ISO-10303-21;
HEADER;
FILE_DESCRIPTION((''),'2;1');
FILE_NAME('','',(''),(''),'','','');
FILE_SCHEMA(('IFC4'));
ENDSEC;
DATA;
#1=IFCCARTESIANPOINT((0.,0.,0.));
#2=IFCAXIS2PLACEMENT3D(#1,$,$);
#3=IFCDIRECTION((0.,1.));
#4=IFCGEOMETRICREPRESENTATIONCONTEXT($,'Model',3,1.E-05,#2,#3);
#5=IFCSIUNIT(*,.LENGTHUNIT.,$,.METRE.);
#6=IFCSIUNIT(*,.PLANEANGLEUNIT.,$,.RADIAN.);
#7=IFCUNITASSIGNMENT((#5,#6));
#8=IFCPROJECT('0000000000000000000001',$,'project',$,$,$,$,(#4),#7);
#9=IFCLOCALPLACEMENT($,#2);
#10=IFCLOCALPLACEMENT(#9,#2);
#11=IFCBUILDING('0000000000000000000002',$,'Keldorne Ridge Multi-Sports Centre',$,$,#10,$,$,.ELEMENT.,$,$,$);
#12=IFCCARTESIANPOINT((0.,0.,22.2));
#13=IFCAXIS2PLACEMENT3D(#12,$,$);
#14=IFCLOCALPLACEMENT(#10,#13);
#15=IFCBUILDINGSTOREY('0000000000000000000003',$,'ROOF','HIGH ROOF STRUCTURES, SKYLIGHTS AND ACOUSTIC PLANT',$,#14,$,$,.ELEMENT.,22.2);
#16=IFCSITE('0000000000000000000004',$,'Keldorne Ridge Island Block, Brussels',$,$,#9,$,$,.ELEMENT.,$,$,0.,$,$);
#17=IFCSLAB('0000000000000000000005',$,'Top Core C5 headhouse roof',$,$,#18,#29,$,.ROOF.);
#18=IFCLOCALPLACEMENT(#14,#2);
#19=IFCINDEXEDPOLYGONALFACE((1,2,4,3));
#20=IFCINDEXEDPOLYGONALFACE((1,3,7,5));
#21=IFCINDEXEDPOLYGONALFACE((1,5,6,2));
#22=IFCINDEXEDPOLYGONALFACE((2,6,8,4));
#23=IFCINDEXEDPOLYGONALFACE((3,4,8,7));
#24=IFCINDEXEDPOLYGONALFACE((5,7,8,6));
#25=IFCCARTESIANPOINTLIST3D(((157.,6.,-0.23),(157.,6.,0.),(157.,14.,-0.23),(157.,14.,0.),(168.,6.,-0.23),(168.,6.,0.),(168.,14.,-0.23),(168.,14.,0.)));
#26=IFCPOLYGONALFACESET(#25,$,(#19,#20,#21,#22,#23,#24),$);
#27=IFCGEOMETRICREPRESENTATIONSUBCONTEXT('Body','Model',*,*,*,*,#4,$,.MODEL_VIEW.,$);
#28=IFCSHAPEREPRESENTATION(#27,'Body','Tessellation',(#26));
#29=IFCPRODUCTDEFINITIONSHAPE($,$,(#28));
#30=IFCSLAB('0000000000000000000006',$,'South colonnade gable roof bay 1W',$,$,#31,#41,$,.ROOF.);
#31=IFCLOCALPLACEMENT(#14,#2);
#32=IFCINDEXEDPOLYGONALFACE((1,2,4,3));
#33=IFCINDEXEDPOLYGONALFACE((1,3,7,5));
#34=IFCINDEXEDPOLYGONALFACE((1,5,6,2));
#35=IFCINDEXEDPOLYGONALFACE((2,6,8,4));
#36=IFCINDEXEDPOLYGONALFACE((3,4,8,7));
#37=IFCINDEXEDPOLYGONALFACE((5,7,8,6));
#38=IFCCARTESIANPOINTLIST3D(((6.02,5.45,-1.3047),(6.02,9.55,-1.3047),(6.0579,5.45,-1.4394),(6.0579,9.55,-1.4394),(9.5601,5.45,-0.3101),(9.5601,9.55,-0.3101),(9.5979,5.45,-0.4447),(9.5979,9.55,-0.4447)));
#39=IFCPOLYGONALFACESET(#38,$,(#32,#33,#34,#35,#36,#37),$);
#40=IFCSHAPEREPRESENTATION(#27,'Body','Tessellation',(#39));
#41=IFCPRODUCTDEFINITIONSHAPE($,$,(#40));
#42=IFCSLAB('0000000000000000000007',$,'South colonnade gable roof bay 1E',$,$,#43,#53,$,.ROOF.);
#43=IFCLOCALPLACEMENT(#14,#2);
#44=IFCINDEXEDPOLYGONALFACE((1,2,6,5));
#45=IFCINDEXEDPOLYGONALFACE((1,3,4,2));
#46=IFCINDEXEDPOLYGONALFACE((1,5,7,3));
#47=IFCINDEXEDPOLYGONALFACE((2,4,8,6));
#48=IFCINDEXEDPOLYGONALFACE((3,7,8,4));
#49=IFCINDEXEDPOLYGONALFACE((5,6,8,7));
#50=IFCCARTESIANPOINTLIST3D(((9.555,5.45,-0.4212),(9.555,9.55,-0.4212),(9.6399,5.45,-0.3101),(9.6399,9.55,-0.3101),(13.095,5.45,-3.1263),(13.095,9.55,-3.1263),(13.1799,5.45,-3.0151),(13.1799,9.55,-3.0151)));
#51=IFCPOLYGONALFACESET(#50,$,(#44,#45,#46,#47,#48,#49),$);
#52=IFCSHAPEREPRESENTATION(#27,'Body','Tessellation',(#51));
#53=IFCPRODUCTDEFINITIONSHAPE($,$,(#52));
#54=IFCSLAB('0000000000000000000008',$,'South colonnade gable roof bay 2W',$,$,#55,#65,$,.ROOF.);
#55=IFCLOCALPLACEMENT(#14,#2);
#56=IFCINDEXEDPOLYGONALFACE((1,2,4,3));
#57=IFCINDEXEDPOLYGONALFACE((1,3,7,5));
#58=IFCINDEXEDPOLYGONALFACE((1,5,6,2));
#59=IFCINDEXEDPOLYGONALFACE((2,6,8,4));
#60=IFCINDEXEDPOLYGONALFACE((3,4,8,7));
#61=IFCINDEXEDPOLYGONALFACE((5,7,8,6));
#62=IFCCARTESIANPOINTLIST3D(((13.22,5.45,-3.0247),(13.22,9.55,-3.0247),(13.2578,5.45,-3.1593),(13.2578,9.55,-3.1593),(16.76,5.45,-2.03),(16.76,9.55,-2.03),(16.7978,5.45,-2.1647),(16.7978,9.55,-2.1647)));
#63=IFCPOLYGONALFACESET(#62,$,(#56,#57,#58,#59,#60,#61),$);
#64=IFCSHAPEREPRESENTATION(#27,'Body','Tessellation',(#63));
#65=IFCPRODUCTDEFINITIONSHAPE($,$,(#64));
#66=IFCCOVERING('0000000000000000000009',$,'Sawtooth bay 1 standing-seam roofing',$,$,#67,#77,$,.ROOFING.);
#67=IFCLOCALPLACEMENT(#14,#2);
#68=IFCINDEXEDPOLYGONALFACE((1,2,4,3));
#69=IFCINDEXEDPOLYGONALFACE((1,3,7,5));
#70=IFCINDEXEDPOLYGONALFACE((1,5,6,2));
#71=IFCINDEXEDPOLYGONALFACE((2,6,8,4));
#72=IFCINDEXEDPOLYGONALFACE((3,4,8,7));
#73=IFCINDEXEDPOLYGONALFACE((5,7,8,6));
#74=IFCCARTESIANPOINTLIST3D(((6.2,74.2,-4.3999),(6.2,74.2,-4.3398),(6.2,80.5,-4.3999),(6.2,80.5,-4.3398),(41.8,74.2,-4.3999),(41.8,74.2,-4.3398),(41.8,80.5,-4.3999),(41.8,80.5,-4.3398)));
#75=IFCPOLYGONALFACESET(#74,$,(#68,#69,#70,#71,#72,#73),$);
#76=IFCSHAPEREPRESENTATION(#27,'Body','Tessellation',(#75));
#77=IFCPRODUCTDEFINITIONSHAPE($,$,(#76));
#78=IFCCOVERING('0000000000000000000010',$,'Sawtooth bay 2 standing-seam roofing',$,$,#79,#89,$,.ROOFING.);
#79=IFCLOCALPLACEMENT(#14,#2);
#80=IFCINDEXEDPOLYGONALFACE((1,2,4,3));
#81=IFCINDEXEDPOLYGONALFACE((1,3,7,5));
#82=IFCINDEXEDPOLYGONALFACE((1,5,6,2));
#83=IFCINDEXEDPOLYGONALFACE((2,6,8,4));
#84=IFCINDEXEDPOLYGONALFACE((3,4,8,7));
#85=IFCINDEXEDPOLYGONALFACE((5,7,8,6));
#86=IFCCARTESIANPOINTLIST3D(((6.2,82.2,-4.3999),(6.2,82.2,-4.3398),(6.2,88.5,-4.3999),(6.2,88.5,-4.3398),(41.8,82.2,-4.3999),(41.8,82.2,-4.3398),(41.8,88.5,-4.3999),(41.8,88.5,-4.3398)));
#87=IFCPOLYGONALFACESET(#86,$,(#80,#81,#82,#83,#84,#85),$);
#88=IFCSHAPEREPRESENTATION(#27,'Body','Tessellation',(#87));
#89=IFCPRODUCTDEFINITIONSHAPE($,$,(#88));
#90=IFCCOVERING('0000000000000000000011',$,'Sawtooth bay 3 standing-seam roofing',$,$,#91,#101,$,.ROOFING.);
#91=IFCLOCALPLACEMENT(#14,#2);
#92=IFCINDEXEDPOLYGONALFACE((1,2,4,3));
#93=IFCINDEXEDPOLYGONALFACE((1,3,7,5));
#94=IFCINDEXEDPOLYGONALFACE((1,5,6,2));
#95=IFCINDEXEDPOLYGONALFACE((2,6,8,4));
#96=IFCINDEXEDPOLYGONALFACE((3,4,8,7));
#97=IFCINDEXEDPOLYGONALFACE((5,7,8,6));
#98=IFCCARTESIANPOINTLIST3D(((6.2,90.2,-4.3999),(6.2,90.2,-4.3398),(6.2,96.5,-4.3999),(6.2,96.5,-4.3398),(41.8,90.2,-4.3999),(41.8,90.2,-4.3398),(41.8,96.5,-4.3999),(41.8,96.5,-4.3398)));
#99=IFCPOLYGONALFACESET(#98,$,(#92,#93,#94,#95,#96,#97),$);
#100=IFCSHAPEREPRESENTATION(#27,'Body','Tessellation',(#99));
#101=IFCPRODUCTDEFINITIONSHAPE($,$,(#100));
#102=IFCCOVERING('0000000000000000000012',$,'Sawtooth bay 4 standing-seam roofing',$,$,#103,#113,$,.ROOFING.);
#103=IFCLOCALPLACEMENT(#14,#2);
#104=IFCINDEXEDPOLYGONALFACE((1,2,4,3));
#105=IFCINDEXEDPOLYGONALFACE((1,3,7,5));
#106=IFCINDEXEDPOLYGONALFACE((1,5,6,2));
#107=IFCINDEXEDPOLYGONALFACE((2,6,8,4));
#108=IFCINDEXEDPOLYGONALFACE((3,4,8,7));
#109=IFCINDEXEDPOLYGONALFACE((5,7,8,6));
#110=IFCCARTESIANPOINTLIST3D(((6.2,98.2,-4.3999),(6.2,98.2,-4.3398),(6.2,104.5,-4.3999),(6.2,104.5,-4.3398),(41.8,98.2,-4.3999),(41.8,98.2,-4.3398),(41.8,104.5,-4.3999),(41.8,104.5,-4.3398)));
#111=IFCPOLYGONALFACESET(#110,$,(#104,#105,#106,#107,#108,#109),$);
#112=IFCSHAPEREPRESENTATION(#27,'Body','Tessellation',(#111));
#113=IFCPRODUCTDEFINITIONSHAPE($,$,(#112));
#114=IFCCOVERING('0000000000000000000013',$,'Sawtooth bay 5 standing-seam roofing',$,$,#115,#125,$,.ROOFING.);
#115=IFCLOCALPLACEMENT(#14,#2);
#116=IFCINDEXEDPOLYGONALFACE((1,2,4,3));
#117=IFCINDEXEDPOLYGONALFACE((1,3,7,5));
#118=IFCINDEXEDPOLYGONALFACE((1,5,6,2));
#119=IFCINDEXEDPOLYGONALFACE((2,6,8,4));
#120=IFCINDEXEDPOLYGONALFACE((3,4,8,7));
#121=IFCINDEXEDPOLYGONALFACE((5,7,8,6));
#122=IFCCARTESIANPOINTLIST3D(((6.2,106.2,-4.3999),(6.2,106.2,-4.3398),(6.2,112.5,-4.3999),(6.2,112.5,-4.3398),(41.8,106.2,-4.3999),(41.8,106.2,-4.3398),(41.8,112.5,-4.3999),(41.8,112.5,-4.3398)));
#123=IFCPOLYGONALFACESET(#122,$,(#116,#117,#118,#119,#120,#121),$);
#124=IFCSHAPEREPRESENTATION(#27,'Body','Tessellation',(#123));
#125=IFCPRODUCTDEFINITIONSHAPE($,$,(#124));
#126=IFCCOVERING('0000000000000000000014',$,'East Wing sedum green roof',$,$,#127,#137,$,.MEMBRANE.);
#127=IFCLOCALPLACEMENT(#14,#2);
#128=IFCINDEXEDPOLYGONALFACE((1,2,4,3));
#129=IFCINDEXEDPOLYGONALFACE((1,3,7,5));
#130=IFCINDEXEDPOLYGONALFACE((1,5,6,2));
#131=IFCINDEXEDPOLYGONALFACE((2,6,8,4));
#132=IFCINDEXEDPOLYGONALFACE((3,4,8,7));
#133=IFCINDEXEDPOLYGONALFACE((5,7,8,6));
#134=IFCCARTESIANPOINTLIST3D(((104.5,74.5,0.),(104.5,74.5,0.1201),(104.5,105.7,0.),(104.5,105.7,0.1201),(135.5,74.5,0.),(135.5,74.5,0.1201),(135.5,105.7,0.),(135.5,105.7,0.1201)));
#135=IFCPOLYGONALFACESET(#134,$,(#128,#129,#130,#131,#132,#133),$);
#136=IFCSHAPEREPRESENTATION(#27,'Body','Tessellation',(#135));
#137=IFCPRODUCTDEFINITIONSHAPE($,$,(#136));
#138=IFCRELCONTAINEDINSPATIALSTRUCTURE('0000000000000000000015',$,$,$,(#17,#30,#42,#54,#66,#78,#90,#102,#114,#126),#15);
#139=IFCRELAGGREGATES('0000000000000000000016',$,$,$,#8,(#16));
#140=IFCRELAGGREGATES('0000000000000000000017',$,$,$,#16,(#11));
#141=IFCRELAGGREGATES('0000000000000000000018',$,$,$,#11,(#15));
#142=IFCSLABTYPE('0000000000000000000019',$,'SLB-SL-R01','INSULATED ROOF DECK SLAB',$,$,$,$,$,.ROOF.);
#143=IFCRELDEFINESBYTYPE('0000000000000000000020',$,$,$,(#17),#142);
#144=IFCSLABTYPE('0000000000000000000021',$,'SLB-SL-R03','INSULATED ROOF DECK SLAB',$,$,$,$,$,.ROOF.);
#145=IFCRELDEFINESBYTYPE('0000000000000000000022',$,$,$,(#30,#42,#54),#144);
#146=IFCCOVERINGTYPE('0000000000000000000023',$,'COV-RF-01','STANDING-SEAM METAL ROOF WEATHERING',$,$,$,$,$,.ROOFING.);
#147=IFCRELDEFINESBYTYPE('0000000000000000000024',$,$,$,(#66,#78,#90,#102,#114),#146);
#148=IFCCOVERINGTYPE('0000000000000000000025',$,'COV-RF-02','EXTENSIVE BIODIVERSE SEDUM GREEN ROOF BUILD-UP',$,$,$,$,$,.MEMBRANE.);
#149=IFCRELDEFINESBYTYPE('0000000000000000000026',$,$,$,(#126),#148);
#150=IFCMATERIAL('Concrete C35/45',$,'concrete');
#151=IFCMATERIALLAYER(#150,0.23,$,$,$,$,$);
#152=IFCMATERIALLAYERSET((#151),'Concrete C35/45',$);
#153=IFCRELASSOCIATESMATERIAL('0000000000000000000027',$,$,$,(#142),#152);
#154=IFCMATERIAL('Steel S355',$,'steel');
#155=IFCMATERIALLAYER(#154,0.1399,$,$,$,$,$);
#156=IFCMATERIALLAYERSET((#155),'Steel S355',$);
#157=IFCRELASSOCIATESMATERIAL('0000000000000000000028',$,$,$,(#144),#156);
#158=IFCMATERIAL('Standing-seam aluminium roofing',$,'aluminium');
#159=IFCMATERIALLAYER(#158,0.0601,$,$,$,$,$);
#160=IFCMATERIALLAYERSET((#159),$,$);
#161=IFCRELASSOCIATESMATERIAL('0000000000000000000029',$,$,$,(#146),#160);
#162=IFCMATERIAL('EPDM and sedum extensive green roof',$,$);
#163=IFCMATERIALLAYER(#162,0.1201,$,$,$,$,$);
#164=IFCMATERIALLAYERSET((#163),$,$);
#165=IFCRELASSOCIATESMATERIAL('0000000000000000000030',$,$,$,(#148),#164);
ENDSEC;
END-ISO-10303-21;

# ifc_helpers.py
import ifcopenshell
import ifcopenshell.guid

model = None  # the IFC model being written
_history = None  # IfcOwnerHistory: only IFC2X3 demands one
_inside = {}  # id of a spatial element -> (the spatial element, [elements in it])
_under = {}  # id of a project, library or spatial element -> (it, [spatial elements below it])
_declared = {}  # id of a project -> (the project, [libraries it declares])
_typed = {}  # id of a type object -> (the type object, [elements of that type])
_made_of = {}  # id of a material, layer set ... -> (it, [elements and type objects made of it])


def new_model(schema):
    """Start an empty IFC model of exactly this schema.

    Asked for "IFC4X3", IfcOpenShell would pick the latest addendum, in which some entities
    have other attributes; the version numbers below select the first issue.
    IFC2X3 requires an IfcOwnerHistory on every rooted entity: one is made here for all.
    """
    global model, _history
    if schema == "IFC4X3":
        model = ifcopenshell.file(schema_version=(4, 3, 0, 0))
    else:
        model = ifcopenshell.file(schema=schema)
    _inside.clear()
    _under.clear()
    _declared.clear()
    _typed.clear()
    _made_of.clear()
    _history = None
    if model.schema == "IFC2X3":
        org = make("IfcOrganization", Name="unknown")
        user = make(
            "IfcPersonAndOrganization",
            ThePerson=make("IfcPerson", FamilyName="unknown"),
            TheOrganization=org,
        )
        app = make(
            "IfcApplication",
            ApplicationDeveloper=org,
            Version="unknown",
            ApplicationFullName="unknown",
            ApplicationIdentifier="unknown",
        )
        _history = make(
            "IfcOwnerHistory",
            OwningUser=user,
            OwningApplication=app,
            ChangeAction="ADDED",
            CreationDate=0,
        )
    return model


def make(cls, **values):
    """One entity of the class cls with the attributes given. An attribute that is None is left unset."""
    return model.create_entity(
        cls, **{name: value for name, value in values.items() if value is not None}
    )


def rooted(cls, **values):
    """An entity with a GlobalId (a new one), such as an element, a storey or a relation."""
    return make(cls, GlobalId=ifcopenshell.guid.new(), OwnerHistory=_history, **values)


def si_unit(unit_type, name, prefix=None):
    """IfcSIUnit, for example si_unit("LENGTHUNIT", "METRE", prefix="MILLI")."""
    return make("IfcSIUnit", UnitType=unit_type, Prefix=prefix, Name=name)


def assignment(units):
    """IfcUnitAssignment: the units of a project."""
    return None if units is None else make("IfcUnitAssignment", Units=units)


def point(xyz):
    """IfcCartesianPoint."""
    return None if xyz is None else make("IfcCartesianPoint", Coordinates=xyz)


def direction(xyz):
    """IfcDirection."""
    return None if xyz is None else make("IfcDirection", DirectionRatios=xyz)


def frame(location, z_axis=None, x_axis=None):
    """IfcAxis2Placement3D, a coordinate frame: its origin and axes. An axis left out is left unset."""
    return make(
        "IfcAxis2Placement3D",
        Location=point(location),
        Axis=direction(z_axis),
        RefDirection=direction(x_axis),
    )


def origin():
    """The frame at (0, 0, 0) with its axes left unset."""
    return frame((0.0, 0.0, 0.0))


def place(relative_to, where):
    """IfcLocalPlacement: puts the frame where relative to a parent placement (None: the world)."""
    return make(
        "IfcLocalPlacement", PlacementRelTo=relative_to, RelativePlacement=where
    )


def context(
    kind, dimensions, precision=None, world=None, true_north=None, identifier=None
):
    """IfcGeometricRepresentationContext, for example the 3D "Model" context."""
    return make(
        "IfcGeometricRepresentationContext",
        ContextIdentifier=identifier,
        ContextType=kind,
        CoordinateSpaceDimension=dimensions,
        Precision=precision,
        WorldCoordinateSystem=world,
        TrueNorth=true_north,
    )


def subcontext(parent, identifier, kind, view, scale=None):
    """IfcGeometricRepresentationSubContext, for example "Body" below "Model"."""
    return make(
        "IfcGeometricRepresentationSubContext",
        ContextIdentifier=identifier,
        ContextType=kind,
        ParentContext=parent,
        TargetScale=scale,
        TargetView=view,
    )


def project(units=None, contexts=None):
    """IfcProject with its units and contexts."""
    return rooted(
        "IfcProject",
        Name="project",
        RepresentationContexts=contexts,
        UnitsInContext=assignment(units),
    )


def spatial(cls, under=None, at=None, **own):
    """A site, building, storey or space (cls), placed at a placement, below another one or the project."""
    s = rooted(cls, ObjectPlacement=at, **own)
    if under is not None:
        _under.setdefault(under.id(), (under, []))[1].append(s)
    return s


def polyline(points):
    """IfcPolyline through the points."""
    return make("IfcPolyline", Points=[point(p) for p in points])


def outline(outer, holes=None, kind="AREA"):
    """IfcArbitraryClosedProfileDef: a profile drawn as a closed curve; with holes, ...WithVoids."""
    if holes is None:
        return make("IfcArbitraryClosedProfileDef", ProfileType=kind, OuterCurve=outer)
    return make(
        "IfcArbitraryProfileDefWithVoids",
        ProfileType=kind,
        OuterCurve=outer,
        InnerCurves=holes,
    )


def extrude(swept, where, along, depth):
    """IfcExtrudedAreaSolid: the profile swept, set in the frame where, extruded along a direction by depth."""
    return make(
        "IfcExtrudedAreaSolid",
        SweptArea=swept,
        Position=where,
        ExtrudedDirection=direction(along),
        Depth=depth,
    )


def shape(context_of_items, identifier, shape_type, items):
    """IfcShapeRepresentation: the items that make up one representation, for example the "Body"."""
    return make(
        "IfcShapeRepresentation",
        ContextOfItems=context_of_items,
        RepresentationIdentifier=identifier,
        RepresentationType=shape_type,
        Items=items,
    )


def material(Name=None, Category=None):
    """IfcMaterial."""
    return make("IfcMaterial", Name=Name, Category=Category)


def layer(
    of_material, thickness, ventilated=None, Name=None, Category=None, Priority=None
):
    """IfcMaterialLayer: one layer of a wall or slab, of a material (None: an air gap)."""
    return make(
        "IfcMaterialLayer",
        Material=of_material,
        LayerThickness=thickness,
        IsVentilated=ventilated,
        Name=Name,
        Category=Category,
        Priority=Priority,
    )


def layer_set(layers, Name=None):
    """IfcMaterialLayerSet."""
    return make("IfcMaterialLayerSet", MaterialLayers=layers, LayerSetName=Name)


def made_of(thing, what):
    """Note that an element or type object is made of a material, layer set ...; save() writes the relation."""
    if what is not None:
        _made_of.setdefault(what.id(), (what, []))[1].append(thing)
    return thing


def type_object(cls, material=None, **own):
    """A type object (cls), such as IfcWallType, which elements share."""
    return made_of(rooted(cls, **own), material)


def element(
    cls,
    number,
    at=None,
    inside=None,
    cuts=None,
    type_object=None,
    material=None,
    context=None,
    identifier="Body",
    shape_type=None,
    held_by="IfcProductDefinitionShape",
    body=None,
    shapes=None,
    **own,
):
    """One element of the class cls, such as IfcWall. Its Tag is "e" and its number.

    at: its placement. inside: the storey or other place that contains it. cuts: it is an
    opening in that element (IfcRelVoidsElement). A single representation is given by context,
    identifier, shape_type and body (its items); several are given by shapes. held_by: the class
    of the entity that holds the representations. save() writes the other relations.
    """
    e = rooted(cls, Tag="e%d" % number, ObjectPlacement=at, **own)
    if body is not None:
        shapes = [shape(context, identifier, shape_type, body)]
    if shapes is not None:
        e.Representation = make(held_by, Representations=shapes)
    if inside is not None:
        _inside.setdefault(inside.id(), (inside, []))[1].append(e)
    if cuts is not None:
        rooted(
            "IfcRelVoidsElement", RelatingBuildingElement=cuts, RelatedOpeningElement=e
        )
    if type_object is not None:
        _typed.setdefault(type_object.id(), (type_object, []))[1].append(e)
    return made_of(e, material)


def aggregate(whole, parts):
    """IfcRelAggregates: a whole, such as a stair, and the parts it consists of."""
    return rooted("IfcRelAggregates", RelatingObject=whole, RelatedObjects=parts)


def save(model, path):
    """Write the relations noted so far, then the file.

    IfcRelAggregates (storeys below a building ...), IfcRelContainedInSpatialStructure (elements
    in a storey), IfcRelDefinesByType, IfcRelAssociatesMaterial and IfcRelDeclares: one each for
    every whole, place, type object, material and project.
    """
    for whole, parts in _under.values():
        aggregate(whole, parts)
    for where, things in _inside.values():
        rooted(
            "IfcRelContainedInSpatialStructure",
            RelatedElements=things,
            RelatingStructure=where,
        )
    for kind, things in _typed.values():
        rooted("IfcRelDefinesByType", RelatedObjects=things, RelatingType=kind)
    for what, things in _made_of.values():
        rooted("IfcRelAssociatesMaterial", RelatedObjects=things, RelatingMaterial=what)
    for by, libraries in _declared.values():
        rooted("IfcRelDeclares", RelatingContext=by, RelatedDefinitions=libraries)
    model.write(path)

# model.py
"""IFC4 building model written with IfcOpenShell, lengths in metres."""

from ifc_helpers import new_model, si_unit, direction, frame, origin, place, context, subcontext, project, spatial, polyline, outline, extrude, material, layer, layer_set, type_object, element, save


model = new_model("IFC4")

# Units and contexts
model_context = context("Model", 3, precision=1e-05, world=origin(), true_north=direction((0.0, 1.0)))
body_context = subcontext(model_context, "Body", "Model", "MODEL_VIEW")
ifc_project = project(units=[si_unit("LENGTHUNIT", "METRE"), si_unit("PLANEANGLEUNIT", "RADIAN")], contexts=[model_context])

# Site, building, storey
site_placement = place(None, origin())
site = spatial("IfcSite", under=ifc_project, at=site_placement, Name="Keldorne Ridge Island Block, Brussels", CompositionType="ELEMENT", RefElevation=0.0)
building_placement = place(site_placement, origin())
building = spatial("IfcBuilding", under=site, at=building_placement, Name="Keldorne Ridge Multi-Sports Centre", CompositionType="ELEMENT")
storey_placement = place(building_placement, frame((0.0, 0.0, 22.2)))
storey = spatial("IfcBuildingStorey", under=building, at=storey_placement, Name="ROOF", Description="HIGH ROOF STRUCTURES, SKYLIGHTS AND ACOUSTIC PLANT", CompositionType="ELEMENT", Elevation=22.2)

# Shared definitions
ifc_material_1 = material(Name="Steel S355", Category="steel")

# Shared definitions
ifc_material_2 = material(Name="Concrete C35/45", Category="concrete")

# Shared definitions
ifc_layer_1 = layer(ifc_material_2, 0.23)
ifc_layer_set_1 = layer_set([ifc_layer_1], Name="Concrete C35/45")
slab_type_1 = type_object("IfcSlabType", Name="SLB-SL-R01", Description="INSULATED ROOF DECK SLAB", PredefinedType="ROOF", material=ifc_layer_set_1)

# Slabs
slab_1_placement = place(storey_placement, frame((0.0, 0.0, -0.23)))
element("IfcSlab", 1, at=slab_1_placement, inside=storey, type_object=slab_type_1, Name="Top Core C5 headhouse roof", PredefinedType="ROOF", context=body_context, shape_type="SweptSolid", body=[
    extrude(outline(polyline([(157.0, 6.0), (168.0, 6.0), (168.0, 14.0), (157.0, 14.0), (157.0, 6.0)])), origin(), (0.0, 0.0, 1.0), 0.23),
])
ifc_layer_2 = layer(ifc_material_1, 0.1399)
ifc_layer_set_2 = layer_set([ifc_layer_2], Name="Steel S355")
slab_type_2 = type_object("IfcSlabType", Name="SLB-SL-R03", Description="INSULATED ROOF DECK SLAB", PredefinedType="ROOF", material=ifc_layer_set_2)
slab_2_placement = place(storey_placement, frame((6.02, 5.45, -1.3047), z_axis=(-0.270492, 0.0, 0.962722), x_axis=(0.962722, 0.0, 0.270492)))
element("IfcSlab", 2, at=slab_2_placement, inside=storey, type_object=slab_type_2, Name="South colonnade gable roof bay 1W", PredefinedType="ROOF", context=body_context, shape_type="SweptSolid", body=[
    extrude(outline(polyline([(0.0, 0.0), (3.6771, 0.0), (3.6771, 4.1001), (0.0, 4.1001), (0.0, 0.0)])), origin(), (0.0, 0.0, -1.0), 0.1399),
])
slab_3_placement = place(storey_placement, frame((9.6399, 5.45, -0.3101), z_axis=(0.607165, 0.0, 0.794576), x_axis=(0.794576, 0.0, -0.607165)))
element("IfcSlab", 3, at=slab_3_placement, inside=storey, type_object=slab_type_2, Name="South colonnade gable roof bay 1E", PredefinedType="ROOF", context=body_context, shape_type="SweptSolid", body=[
    extrude(outline(polyline([(0.0, 0.0), (4.4553, 0.0), (4.4553, 4.1001), (0.0, 4.1001), (0.0, 0.0)])), origin(), (0.0, 0.0, -1.0), 0.1399),
])
slab_4_placement = place(storey_placement, frame((13.22, 5.45, -3.0247), z_axis=(-0.270492, 0.0, 0.962722), x_axis=(0.962722, 0.0, 0.270492)))
element("IfcSlab", 4, at=slab_4_placement, inside=storey, type_object=slab_type_2, Name="South colonnade gable roof bay 2W", PredefinedType="ROOF", context=body_context, shape_type="SweptSolid", body=[
    extrude(outline(polyline([(0.0, 0.0), (3.6771, 0.0), (3.6771, 4.1001), (0.0, 4.1001), (0.0, 0.0)])), origin(), (0.0, 0.0, -1.0), 0.1399),
])

# Coverings
ifc_material_3 = material(Name="Standing-seam aluminium roofing", Category="aluminium")
ifc_layer_3 = layer(ifc_material_3, 0.0601)
ifc_layer_set_3 = layer_set([ifc_layer_3])
covering_type_1 = type_object("IfcCoveringType", Name="COV-RF-01", Description="STANDING-SEAM METAL ROOF WEATHERING", PredefinedType="ROOFING", material=ifc_layer_set_3)
covering_1_placement = place(storey_placement, frame((0.0, 0.0, -4.3999)))
element("IfcCovering", 5, at=covering_1_placement, inside=storey, type_object=covering_type_1, Name="Sawtooth bay 1 standing-seam roofing", PredefinedType="ROOFING", context=body_context, shape_type="SweptSolid", body=[
    extrude(outline(polyline([(6.2, 74.2), (41.8, 74.2), (41.8, 80.5), (6.2, 80.5), (6.2, 74.2)])), origin(), (0.0, 0.0, 1.0), 0.0601),
])
covering_2_placement = place(storey_placement, frame((0.0, 0.0, -4.3999)))
element("IfcCovering", 6, at=covering_2_placement, inside=storey, type_object=covering_type_1, Name="Sawtooth bay 2 standing-seam roofing", PredefinedType="ROOFING", context=body_context, shape_type="SweptSolid", body=[
    extrude(outline(polyline([(6.2, 82.2), (41.8, 82.2), (41.8, 88.5), (6.2, 88.5), (6.2, 82.2)])), origin(), (0.0, 0.0, 1.0), 0.0601),
])
covering_3_placement = place(storey_placement, frame((0.0, 0.0, -4.3999)))
element("IfcCovering", 7, at=covering_3_placement, inside=storey, type_object=covering_type_1, Name="Sawtooth bay 3 standing-seam roofing", PredefinedType="ROOFING", context=body_context, shape_type="SweptSolid", body=[
    extrude(outline(polyline([(6.2, 90.2), (41.8, 90.2), (41.8, 96.5), (6.2, 96.5), (6.2, 90.2)])), origin(), (0.0, 0.0, 1.0), 0.0601),
])
covering_4_placement = place(storey_placement, frame((0.0, 0.0, -4.3999)))
element("IfcCovering", 8, at=covering_4_placement, inside=storey, type_object=covering_type_1, Name="Sawtooth bay 4 standing-seam roofing", PredefinedType="ROOFING", context=body_context, shape_type="SweptSolid", body=[
    extrude(outline(polyline([(6.2, 98.2), (41.8, 98.2), (41.8, 104.5), (6.2, 104.5), (6.2, 98.2)])), origin(), (0.0, 0.0, 1.0), 0.0601),
])
covering_5_placement = place(storey_placement, frame((0.0, 0.0, -4.3999)))
element("IfcCovering", 9, at=covering_5_placement, inside=storey, type_object=covering_type_1, Name="Sawtooth bay 5 standing-seam roofing", PredefinedType="ROOFING", context=body_context, shape_type="SweptSolid", body=[
    extrude(outline(polyline([(6.2, 106.2), (41.8, 106.2), (41.8, 112.5), (6.2, 112.5), (6.2, 106.2)])), origin(), (0.0, 0.0, 1.0), 0.0601),
])
ifc_material_4 = material(Name="EPDM and sedum extensive green roof")
ifc_layer_4 = layer(ifc_material_4, 0.1201)
ifc_layer_set_4 = layer_set([ifc_layer_4])
covering_type_2 = type_object("IfcCoveringType", Name="COV-RF-02", Description="EXTENSIVE BIODIVERSE SEDUM GREEN ROOF BUILD-UP", PredefinedType="MEMBRANE", material=ifc_layer_set_4)
covering_6_placement = place(storey_placement, origin())
element("IfcCovering", 10, at=covering_6_placement, inside=storey, type_object=covering_type_2, Name="East Wing sedum green roof", PredefinedType="MEMBRANE", context=body_context, shape_type="SweptSolid", body=[
    extrude(outline(polyline([(104.5, 74.5), (135.5, 74.5), (135.5, 105.7), (104.5, 105.7), (104.5, 74.5)])), origin(), (0.0, 0.0, 1.0), 0.1201),
])

save(model, "model.ifc")
